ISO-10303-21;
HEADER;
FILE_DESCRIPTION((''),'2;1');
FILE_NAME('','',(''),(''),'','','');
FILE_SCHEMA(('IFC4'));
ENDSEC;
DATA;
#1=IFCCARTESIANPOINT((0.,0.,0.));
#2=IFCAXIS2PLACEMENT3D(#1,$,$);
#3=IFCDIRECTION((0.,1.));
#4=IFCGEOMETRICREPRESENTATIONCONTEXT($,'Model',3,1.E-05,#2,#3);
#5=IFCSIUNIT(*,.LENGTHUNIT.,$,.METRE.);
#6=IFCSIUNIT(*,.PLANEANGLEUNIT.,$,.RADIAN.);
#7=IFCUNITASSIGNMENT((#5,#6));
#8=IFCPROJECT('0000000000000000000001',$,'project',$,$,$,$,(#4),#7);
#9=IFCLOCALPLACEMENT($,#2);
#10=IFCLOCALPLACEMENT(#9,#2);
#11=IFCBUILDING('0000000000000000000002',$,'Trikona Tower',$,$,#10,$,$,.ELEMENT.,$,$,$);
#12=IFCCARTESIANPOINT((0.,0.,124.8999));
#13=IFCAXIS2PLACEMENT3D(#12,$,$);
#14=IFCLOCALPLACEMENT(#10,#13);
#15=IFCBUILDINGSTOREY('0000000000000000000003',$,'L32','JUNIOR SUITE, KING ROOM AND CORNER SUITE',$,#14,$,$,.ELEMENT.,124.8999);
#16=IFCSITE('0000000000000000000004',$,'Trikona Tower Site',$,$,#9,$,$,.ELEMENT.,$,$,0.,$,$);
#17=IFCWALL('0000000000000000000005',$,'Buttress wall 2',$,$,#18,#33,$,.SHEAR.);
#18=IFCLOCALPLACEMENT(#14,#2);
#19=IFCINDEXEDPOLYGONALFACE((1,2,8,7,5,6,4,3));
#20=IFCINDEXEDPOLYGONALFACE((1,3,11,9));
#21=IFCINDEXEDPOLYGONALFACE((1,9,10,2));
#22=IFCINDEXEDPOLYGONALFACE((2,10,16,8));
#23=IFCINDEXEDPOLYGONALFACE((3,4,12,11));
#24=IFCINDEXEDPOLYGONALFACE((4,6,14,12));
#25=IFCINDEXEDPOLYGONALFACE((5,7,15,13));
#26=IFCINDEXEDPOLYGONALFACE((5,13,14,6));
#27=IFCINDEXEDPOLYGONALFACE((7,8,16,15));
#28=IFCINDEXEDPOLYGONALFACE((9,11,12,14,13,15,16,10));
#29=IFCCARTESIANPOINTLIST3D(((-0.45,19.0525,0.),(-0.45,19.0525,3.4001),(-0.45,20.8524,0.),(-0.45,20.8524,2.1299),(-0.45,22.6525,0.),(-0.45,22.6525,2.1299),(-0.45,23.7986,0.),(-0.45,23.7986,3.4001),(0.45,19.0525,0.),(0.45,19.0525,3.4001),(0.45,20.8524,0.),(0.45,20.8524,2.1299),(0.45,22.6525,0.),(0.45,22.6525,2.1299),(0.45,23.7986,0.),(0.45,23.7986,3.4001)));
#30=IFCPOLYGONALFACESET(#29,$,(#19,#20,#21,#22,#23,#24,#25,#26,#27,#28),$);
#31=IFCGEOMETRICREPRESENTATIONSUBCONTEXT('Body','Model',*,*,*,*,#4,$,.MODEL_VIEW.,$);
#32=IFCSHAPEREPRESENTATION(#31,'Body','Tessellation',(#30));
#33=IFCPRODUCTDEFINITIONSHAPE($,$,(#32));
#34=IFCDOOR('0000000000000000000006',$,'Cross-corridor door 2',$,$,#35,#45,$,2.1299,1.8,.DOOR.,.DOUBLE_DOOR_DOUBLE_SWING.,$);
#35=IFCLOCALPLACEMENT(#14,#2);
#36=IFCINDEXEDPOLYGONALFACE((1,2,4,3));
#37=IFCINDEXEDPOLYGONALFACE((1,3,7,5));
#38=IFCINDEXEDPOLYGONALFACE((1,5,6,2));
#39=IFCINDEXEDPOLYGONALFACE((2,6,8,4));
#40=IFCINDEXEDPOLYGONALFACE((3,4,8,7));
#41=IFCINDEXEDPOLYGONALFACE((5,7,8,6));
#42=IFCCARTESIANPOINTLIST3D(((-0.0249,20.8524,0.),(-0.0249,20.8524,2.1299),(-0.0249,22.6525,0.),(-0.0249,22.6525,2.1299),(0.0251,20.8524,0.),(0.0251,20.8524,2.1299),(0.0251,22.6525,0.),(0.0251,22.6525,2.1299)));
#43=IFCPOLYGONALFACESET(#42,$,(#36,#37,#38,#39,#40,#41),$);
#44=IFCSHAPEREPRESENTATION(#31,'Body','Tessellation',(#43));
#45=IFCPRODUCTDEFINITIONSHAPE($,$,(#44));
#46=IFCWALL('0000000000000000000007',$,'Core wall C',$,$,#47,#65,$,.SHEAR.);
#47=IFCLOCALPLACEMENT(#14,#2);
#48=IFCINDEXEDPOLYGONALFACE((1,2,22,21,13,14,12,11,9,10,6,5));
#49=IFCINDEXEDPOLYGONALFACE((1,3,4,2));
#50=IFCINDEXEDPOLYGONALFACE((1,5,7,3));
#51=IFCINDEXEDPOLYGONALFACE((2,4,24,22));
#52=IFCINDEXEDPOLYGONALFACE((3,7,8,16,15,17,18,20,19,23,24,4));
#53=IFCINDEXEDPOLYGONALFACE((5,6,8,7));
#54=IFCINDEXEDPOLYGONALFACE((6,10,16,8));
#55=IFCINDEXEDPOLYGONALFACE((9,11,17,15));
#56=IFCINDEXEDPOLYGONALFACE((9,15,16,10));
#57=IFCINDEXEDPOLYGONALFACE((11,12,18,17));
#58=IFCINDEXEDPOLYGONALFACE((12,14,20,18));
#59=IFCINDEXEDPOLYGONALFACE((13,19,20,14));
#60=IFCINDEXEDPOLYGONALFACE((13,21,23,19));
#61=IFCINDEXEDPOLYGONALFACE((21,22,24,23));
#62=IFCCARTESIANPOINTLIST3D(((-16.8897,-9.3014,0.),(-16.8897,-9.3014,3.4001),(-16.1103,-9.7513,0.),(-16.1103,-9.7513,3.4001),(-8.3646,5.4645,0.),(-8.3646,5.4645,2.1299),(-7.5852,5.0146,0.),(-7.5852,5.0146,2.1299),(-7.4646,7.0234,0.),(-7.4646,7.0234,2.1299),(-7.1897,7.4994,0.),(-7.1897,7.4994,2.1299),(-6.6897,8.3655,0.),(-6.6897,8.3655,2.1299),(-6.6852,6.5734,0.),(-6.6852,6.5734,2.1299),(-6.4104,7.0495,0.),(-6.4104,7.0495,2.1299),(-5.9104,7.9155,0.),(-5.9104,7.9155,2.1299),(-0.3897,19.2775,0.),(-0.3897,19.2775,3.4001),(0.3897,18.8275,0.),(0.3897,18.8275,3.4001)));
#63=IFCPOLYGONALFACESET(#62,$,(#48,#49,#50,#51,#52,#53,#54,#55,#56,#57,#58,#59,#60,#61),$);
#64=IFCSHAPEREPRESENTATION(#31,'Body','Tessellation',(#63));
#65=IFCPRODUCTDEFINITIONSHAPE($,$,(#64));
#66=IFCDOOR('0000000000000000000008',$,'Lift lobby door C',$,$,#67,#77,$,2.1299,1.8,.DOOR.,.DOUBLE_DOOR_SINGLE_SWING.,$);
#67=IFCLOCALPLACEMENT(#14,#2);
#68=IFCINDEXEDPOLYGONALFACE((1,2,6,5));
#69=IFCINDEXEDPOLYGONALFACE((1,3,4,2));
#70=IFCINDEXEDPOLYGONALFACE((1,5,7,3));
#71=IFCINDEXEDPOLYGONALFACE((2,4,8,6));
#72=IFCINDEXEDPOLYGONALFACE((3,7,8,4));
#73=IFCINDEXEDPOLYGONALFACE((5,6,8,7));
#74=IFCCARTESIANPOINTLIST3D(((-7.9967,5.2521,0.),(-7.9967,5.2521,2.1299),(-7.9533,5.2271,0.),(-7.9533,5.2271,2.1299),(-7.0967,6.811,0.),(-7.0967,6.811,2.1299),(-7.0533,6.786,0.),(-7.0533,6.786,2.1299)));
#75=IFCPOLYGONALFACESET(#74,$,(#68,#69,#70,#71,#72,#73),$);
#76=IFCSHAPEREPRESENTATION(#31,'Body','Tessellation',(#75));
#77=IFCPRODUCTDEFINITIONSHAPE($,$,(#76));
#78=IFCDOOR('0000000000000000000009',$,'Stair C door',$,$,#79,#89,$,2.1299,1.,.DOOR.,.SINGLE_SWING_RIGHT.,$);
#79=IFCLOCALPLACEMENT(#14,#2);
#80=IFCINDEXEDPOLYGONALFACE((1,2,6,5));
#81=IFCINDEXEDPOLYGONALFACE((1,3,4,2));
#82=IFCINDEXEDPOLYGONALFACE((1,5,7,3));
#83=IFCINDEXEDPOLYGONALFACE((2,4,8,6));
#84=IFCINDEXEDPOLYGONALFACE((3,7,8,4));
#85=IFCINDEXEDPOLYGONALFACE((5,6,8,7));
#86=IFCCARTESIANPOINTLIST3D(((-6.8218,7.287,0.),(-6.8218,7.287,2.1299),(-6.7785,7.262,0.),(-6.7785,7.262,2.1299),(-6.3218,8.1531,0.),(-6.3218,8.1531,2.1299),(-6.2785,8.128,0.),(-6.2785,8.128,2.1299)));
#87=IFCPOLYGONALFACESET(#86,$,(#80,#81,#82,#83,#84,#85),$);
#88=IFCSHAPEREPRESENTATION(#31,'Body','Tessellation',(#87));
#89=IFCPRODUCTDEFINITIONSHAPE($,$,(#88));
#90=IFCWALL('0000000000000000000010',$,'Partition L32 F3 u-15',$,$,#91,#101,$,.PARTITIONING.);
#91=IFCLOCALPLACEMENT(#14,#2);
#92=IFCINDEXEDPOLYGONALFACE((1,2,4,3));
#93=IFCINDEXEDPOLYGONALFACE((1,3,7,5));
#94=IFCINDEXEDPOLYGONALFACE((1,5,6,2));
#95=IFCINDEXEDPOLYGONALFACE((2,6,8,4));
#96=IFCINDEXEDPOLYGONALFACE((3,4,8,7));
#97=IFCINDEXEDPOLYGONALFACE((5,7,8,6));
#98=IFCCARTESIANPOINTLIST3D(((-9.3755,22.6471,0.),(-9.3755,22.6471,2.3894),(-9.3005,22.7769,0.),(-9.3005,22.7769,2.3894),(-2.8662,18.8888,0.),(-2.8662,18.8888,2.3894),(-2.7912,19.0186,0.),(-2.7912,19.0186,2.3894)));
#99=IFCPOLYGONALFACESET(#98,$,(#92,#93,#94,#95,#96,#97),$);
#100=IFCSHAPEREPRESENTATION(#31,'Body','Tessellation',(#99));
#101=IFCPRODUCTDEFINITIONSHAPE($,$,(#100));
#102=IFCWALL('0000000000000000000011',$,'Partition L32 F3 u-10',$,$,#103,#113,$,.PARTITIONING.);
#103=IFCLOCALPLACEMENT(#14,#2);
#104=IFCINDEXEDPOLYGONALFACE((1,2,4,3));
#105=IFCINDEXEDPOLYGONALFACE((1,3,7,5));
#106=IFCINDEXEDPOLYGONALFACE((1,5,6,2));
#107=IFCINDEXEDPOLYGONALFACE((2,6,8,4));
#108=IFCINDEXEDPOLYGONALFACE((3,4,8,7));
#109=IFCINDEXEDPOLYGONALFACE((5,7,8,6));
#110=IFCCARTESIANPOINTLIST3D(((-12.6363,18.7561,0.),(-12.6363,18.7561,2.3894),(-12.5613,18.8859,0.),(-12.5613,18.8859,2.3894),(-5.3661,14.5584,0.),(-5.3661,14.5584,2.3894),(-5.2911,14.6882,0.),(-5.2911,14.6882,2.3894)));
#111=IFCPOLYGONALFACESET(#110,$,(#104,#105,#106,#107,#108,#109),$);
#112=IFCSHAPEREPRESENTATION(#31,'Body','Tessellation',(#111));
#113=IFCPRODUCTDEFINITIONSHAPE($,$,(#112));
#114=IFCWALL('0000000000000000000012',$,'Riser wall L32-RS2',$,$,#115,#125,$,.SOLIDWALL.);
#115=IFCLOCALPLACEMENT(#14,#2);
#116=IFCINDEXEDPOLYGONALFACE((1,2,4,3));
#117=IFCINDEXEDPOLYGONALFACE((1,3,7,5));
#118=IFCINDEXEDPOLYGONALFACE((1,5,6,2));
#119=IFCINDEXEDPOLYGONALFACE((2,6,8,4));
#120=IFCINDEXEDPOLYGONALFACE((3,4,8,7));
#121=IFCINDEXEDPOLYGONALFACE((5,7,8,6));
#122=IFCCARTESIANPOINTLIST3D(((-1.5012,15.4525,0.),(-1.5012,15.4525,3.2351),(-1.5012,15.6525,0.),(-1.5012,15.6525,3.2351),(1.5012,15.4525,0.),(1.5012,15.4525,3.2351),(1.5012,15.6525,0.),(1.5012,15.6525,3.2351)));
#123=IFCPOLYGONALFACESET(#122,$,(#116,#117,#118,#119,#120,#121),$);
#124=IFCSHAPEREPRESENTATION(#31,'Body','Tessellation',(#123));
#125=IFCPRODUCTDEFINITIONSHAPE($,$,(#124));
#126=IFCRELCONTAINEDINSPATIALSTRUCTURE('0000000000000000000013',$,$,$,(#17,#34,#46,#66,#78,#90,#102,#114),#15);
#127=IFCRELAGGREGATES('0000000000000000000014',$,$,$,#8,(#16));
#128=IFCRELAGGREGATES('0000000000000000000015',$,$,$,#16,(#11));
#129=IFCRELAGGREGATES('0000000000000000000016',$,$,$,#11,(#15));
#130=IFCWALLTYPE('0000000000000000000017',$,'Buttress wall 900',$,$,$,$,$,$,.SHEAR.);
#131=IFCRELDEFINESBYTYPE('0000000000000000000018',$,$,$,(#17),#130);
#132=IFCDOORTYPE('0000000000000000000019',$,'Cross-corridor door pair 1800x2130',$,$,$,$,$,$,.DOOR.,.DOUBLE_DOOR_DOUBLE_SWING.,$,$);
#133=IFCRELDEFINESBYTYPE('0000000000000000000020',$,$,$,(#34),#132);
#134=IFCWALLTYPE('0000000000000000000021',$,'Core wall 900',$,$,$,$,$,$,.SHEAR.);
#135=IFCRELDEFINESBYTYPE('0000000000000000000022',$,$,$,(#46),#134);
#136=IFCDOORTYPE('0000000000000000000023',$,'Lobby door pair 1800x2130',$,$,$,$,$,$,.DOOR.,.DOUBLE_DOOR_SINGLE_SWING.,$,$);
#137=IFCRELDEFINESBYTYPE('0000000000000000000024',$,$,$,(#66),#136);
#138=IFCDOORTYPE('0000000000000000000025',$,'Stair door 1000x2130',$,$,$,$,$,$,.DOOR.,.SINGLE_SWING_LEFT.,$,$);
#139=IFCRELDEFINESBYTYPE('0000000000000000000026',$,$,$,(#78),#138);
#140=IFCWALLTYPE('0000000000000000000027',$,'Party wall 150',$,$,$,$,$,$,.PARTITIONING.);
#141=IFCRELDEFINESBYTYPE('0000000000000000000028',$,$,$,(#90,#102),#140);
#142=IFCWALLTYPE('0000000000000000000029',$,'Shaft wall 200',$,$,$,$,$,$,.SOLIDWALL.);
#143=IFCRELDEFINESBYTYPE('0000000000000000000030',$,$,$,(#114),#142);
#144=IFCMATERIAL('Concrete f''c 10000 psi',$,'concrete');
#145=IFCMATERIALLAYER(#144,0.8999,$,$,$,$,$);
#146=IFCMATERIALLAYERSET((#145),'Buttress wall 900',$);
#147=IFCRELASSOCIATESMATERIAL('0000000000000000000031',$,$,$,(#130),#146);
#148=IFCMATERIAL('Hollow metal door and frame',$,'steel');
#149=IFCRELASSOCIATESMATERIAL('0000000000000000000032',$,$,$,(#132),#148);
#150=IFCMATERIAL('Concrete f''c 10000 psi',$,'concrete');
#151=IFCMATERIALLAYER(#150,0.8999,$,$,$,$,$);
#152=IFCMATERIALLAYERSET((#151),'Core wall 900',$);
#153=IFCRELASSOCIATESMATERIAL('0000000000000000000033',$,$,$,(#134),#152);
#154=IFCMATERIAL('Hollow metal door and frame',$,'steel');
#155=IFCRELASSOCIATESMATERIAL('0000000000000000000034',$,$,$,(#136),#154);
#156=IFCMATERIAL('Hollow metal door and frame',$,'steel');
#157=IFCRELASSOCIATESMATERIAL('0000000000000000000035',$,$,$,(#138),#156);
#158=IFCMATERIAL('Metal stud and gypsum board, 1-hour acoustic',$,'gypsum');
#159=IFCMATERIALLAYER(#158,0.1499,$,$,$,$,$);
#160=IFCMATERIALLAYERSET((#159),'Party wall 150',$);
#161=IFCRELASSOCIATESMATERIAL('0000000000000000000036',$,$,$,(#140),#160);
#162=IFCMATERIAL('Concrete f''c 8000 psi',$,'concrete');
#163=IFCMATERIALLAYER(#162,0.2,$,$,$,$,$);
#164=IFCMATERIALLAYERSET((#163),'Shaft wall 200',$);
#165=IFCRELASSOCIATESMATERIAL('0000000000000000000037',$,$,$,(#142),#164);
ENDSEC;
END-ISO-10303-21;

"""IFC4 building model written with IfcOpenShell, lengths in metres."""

from ifc_helpers import new_model, si_unit, direction, frame, frame_2d, origin, place, context, subcontext, project, spatial, rectangle, extrude, material, layer, layer_set, type_object, element, fill, save


model = new_model("IFC4")

# Units and contexts
model_context = context("Model", 3, precision=1e-05, world=origin(), true_north=direction((0.0, 1.0)))
body_context = subcontext(model_context, "Body", "Model", "MODEL_VIEW")
ifc_project = project(units=[si_unit("LENGTHUNIT", "METRE"), si_unit("PLANEANGLEUNIT", "RADIAN")], contexts=[model_context])

# Site, building, storey
site_placement = place(None, origin())
site = spatial("IfcSite", under=ifc_project, at=site_placement, Name="Trikona Tower Site", CompositionType="ELEMENT", RefElevation=0.0)
building_placement = place(site_placement, origin())
building = spatial("IfcBuilding", under=site, at=building_placement, Name="Trikona Tower", CompositionType="ELEMENT")
storey_placement = place(building_placement, frame((0.0, 0.0, 124.8999)))
storey = spatial("IfcBuildingStorey", under=building, at=storey_placement, Name="L32", Description="JUNIOR SUITE, KING ROOM AND CORNER SUITE", CompositionType="ELEMENT", Elevation=124.8999)

# Wall, opening, door
ifc_material_1 = material(Name="Concrete f'c 10000 psi", Category="concrete")
ifc_layer_1 = layer(ifc_material_1, 0.8999)
ifc_layer_set_1 = layer_set([ifc_layer_1], Name="Buttress wall 900")
wall_type_1 = type_object("IfcWallType", Name="Buttress wall 900", PredefinedType="SHEAR", material=ifc_layer_set_1)
wall_1_placement = place(storey_placement, frame((0.0, 19.0525, 0.0), z_axis=(0.0, 0.0, 1.0), x_axis=(0.0, 1.0, 0.0)))
wall_1 = element("IfcWall", 1, at=wall_1_placement, inside=storey, type_object=wall_type_1, Name="Buttress wall 2", PredefinedType="SHEAR", context=body_context, shape_type="SweptSolid", body=[
    extrude(rectangle(XDim=4.7461, YDim=0.8999, at=frame_2d((2.373, 0.0))), origin(), (0.0, 0.0, 1.0), 3.4001),
])
opening_1_placement = place(wall_1_placement, frame((1.8, 0.0, 0.0)))
opening_1 = element("IfcOpeningElement", 2, at=opening_1_placement, cuts=wall_1, PredefinedType="OPENING", context=body_context, shape_type="SweptSolid", body=[
    extrude(rectangle(XDim=1.8, YDim=2.1299, at=frame_2d((0.8999, 1.0649))), frame((0.0, 0.46, 0.0), z_axis=(0.0, -1.0, 0.0), x_axis=(1.0, 0.0, 0.0)), (0.0, 0.0, 1.0), 0.9199),
])
ifc_material_2 = material(Name="Hollow metal door and frame", Category="steel")
door_type_1 = type_object("IfcDoorType", Name="Cross-corridor door pair 1800x2130", OperationType="DOUBLE_DOOR_DOUBLE_SWING", PredefinedType="DOOR", material=ifc_material_2)
door_1_placement = place(opening_1_placement, origin())
door_1 = element("IfcDoor", 3, at=door_1_placement, inside=storey, type_object=door_type_1, Name="Cross-corridor door 2", OperationType="DOUBLE_DOOR_DOUBLE_SWING", OverallHeight=2.1299, OverallWidth=1.8, PredefinedType="DOOR", context=body_context, shape_type="SweptSolid", body=[
    extrude(rectangle(XDim=1.8, YDim=2.1299, at=frame_2d((0.8999, 1.0649))), frame((0.0, 0.0249, 0.0), z_axis=(0.0, -1.0, 0.0), x_axis=(1.0, 0.0, 0.0)), (0.0, 0.0, 1.0), 0.05),
])
fill(opening_1, door_1)

# Wall, openings, doors
ifc_material_3 = material(Name="Concrete f'c 10000 psi", Category="concrete")
ifc_layer_2 = layer(ifc_material_3, 0.8999)
ifc_layer_set_2 = layer_set([ifc_layer_2], Name="Core wall 900")
wall_type_2 = type_object("IfcWallType", Name="Core wall 900", PredefinedType="SHEAR", material=ifc_layer_set_2)
wall_2_placement = place(storey_placement, frame((0.0, 19.0525, 0.0), z_axis=(0.0, 0.0, 1.0), x_axis=(-0.5, -0.866026, 0.0)))
wall_2 = element("IfcWall", 4, at=wall_2_placement, inside=storey, type_object=wall_type_2, Name="Core wall C", PredefinedType="SHEAR", context=body_context, shape_type="SweptSolid", body=[
    extrude(rectangle(XDim=33.0, YDim=0.8999, at=frame_2d((16.5, 0.0))), origin(), (0.0, 0.0, 1.0), 3.4001),
])
opening_2_placement = place(wall_2_placement, frame((14.1499, 0.0, 0.0)))
opening_2 = element("IfcOpeningElement", 5, at=opening_2_placement, cuts=wall_2, PredefinedType="OPENING", context=body_context, shape_type="SweptSolid", body=[
    extrude(rectangle(XDim=1.8, YDim=2.1299, at=frame_2d((0.8999, 1.0649))), frame((0.0, 0.46, 0.0), z_axis=(0.0, -1.0, 0.0), x_axis=(1.0, 0.0, 0.0)), (0.0, 0.0, 1.0), 0.9199),
])
opening_3_placement = place(wall_2_placement, frame((12.6001, 0.0, 0.0)))
opening_3 = element("IfcOpeningElement", 6, at=opening_3_placement, cuts=wall_2, PredefinedType="OPENING", context=body_context, shape_type="SweptSolid", body=[
    extrude(rectangle(XDim=1.0, YDim=2.1299, at=frame_2d((0.5, 1.0649))), frame((0.0, 0.46, 0.0), z_axis=(0.0, -1.0, 0.0), x_axis=(1.0, 0.0, 0.0)), (0.0, 0.0, 1.0), 0.9199),
])
ifc_material_4 = material(Name="Hollow metal door and frame", Category="steel")
door_type_2 = type_object("IfcDoorType", Name="Lobby door pair 1800x2130", OperationType="DOUBLE_DOOR_SINGLE_SWING", PredefinedType="DOOR", material=ifc_material_4)
door_2_placement = place(opening_2_placement, origin())
door_2 = element("IfcDoor", 7, at=door_2_placement, inside=storey, type_object=door_type_2, Name="Lift lobby door C", OperationType="DOUBLE_DOOR_SINGLE_SWING", OverallHeight=2.1299, OverallWidth=1.8, PredefinedType="DOOR", context=body_context, shape_type="SweptSolid", body=[
    extrude(rectangle(XDim=1.8, YDim=2.1299, at=frame_2d((0.8999, 1.0649))), frame((0.0, 0.0249, 0.0), z_axis=(0.0, -1.0, 0.0), x_axis=(1.0, 0.0, 0.0)), (0.0, 0.0, 1.0), 0.05),
])
fill(opening_2, door_2)
ifc_material_5 = material(Name="Hollow metal door and frame", Category="steel")
door_type_3 = type_object("IfcDoorType", Name="Stair door 1000x2130", OperationType="SINGLE_SWING_LEFT", PredefinedType="DOOR", material=ifc_material_5)
door_3_placement = place(opening_3_placement, origin())
door_3 = element("IfcDoor", 8, at=door_3_placement, inside=storey, type_object=door_type_3, Name="Stair C door", OperationType="SINGLE_SWING_RIGHT", OverallHeight=2.1299, OverallWidth=1.0, PredefinedType="DOOR", context=body_context, shape_type="SweptSolid", body=[
    extrude(rectangle(XDim=1.0, YDim=2.1299, at=frame_2d((0.5, 1.0649))), frame((0.0, 0.0249, 0.0), z_axis=(0.0, -1.0, 0.0), x_axis=(1.0, 0.0, 0.0)), (0.0, 0.0, 1.0), 0.05),
])
fill(opening_3, door_3)

# Walls
ifc_material_6 = material(Name="Metal stud and gypsum board, 1-hour acoustic", Category="gypsum")
ifc_layer_3 = layer(ifc_material_6, 0.1499)
ifc_layer_set_3 = layer_set([ifc_layer_3], Name="Party wall 150")
wall_type_3 = type_object("IfcWallType", Name="Party wall 150", PredefinedType="PARTITIONING", material=ifc_layer_set_3)
wall_3_placement = place(storey_placement, frame((-2.8286, 18.9536, 0.0), z_axis=(0.0, 0.0, 1.0), x_axis=(-0.866016, 0.500017, 0.0)))
element("IfcWall", 9, at=wall_3_placement, inside=storey, type_object=wall_type_3, Name="Partition L32 F3 u-15", PredefinedType="PARTITIONING", context=body_context, shape_type="SweptSolid", body=[
    extrude(rectangle(XDim=7.5164, YDim=0.1499, at=frame_2d((3.7583, 0.0))), origin(), (0.0, 0.0, 1.0), 2.3894),
])
wall_4_placement = place(storey_placement, frame((-5.3286, 14.6233, 0.0), z_axis=(0.0, 0.0, 1.0), x_axis=(-0.866012, 0.500024, 0.0)))
element("IfcWall", 10, at=wall_4_placement, inside=storey, type_object=wall_type_3, Name="Partition L32 F3 u-10", PredefinedType="PARTITIONING", context=body_context, shape_type="SweptSolid", body=[
    extrude(rectangle(XDim=8.395, YDim=0.1499, at=frame_2d((4.1975, 0.0))), origin(), (0.0, 0.0, 1.0), 2.3894),
])
ifc_material_7 = material(Name="Concrete f'c 8000 psi", Category="concrete")
ifc_layer_4 = layer(ifc_material_7, 0.2)
ifc_layer_set_4 = layer_set([ifc_layer_4], Name="Shaft wall 200")
wall_type_4 = type_object("IfcWallType", Name="Shaft wall 200", PredefinedType="SOLIDWALL", material=ifc_layer_set_4)
wall_5_placement = place(storey_placement, frame((-1.5012, 15.5525, 0.0), z_axis=(0.0, 0.0, 1.0), x_axis=(1.0, 0.0, 0.0)))
element("IfcWall", 11, at=wall_5_placement, inside=storey, type_object=wall_type_4, Name="Riser wall L32-RS2", PredefinedType="SOLIDWALL", context=body_context, shape_type="SweptSolid", body=[
    extrude(rectangle(XDim=3.0024, YDim=0.2, at=frame_2d((1.5012, 0.0))), origin(), (0.0, 0.0, 1.0), 3.2351),
])

save(model, "model.ifc")
